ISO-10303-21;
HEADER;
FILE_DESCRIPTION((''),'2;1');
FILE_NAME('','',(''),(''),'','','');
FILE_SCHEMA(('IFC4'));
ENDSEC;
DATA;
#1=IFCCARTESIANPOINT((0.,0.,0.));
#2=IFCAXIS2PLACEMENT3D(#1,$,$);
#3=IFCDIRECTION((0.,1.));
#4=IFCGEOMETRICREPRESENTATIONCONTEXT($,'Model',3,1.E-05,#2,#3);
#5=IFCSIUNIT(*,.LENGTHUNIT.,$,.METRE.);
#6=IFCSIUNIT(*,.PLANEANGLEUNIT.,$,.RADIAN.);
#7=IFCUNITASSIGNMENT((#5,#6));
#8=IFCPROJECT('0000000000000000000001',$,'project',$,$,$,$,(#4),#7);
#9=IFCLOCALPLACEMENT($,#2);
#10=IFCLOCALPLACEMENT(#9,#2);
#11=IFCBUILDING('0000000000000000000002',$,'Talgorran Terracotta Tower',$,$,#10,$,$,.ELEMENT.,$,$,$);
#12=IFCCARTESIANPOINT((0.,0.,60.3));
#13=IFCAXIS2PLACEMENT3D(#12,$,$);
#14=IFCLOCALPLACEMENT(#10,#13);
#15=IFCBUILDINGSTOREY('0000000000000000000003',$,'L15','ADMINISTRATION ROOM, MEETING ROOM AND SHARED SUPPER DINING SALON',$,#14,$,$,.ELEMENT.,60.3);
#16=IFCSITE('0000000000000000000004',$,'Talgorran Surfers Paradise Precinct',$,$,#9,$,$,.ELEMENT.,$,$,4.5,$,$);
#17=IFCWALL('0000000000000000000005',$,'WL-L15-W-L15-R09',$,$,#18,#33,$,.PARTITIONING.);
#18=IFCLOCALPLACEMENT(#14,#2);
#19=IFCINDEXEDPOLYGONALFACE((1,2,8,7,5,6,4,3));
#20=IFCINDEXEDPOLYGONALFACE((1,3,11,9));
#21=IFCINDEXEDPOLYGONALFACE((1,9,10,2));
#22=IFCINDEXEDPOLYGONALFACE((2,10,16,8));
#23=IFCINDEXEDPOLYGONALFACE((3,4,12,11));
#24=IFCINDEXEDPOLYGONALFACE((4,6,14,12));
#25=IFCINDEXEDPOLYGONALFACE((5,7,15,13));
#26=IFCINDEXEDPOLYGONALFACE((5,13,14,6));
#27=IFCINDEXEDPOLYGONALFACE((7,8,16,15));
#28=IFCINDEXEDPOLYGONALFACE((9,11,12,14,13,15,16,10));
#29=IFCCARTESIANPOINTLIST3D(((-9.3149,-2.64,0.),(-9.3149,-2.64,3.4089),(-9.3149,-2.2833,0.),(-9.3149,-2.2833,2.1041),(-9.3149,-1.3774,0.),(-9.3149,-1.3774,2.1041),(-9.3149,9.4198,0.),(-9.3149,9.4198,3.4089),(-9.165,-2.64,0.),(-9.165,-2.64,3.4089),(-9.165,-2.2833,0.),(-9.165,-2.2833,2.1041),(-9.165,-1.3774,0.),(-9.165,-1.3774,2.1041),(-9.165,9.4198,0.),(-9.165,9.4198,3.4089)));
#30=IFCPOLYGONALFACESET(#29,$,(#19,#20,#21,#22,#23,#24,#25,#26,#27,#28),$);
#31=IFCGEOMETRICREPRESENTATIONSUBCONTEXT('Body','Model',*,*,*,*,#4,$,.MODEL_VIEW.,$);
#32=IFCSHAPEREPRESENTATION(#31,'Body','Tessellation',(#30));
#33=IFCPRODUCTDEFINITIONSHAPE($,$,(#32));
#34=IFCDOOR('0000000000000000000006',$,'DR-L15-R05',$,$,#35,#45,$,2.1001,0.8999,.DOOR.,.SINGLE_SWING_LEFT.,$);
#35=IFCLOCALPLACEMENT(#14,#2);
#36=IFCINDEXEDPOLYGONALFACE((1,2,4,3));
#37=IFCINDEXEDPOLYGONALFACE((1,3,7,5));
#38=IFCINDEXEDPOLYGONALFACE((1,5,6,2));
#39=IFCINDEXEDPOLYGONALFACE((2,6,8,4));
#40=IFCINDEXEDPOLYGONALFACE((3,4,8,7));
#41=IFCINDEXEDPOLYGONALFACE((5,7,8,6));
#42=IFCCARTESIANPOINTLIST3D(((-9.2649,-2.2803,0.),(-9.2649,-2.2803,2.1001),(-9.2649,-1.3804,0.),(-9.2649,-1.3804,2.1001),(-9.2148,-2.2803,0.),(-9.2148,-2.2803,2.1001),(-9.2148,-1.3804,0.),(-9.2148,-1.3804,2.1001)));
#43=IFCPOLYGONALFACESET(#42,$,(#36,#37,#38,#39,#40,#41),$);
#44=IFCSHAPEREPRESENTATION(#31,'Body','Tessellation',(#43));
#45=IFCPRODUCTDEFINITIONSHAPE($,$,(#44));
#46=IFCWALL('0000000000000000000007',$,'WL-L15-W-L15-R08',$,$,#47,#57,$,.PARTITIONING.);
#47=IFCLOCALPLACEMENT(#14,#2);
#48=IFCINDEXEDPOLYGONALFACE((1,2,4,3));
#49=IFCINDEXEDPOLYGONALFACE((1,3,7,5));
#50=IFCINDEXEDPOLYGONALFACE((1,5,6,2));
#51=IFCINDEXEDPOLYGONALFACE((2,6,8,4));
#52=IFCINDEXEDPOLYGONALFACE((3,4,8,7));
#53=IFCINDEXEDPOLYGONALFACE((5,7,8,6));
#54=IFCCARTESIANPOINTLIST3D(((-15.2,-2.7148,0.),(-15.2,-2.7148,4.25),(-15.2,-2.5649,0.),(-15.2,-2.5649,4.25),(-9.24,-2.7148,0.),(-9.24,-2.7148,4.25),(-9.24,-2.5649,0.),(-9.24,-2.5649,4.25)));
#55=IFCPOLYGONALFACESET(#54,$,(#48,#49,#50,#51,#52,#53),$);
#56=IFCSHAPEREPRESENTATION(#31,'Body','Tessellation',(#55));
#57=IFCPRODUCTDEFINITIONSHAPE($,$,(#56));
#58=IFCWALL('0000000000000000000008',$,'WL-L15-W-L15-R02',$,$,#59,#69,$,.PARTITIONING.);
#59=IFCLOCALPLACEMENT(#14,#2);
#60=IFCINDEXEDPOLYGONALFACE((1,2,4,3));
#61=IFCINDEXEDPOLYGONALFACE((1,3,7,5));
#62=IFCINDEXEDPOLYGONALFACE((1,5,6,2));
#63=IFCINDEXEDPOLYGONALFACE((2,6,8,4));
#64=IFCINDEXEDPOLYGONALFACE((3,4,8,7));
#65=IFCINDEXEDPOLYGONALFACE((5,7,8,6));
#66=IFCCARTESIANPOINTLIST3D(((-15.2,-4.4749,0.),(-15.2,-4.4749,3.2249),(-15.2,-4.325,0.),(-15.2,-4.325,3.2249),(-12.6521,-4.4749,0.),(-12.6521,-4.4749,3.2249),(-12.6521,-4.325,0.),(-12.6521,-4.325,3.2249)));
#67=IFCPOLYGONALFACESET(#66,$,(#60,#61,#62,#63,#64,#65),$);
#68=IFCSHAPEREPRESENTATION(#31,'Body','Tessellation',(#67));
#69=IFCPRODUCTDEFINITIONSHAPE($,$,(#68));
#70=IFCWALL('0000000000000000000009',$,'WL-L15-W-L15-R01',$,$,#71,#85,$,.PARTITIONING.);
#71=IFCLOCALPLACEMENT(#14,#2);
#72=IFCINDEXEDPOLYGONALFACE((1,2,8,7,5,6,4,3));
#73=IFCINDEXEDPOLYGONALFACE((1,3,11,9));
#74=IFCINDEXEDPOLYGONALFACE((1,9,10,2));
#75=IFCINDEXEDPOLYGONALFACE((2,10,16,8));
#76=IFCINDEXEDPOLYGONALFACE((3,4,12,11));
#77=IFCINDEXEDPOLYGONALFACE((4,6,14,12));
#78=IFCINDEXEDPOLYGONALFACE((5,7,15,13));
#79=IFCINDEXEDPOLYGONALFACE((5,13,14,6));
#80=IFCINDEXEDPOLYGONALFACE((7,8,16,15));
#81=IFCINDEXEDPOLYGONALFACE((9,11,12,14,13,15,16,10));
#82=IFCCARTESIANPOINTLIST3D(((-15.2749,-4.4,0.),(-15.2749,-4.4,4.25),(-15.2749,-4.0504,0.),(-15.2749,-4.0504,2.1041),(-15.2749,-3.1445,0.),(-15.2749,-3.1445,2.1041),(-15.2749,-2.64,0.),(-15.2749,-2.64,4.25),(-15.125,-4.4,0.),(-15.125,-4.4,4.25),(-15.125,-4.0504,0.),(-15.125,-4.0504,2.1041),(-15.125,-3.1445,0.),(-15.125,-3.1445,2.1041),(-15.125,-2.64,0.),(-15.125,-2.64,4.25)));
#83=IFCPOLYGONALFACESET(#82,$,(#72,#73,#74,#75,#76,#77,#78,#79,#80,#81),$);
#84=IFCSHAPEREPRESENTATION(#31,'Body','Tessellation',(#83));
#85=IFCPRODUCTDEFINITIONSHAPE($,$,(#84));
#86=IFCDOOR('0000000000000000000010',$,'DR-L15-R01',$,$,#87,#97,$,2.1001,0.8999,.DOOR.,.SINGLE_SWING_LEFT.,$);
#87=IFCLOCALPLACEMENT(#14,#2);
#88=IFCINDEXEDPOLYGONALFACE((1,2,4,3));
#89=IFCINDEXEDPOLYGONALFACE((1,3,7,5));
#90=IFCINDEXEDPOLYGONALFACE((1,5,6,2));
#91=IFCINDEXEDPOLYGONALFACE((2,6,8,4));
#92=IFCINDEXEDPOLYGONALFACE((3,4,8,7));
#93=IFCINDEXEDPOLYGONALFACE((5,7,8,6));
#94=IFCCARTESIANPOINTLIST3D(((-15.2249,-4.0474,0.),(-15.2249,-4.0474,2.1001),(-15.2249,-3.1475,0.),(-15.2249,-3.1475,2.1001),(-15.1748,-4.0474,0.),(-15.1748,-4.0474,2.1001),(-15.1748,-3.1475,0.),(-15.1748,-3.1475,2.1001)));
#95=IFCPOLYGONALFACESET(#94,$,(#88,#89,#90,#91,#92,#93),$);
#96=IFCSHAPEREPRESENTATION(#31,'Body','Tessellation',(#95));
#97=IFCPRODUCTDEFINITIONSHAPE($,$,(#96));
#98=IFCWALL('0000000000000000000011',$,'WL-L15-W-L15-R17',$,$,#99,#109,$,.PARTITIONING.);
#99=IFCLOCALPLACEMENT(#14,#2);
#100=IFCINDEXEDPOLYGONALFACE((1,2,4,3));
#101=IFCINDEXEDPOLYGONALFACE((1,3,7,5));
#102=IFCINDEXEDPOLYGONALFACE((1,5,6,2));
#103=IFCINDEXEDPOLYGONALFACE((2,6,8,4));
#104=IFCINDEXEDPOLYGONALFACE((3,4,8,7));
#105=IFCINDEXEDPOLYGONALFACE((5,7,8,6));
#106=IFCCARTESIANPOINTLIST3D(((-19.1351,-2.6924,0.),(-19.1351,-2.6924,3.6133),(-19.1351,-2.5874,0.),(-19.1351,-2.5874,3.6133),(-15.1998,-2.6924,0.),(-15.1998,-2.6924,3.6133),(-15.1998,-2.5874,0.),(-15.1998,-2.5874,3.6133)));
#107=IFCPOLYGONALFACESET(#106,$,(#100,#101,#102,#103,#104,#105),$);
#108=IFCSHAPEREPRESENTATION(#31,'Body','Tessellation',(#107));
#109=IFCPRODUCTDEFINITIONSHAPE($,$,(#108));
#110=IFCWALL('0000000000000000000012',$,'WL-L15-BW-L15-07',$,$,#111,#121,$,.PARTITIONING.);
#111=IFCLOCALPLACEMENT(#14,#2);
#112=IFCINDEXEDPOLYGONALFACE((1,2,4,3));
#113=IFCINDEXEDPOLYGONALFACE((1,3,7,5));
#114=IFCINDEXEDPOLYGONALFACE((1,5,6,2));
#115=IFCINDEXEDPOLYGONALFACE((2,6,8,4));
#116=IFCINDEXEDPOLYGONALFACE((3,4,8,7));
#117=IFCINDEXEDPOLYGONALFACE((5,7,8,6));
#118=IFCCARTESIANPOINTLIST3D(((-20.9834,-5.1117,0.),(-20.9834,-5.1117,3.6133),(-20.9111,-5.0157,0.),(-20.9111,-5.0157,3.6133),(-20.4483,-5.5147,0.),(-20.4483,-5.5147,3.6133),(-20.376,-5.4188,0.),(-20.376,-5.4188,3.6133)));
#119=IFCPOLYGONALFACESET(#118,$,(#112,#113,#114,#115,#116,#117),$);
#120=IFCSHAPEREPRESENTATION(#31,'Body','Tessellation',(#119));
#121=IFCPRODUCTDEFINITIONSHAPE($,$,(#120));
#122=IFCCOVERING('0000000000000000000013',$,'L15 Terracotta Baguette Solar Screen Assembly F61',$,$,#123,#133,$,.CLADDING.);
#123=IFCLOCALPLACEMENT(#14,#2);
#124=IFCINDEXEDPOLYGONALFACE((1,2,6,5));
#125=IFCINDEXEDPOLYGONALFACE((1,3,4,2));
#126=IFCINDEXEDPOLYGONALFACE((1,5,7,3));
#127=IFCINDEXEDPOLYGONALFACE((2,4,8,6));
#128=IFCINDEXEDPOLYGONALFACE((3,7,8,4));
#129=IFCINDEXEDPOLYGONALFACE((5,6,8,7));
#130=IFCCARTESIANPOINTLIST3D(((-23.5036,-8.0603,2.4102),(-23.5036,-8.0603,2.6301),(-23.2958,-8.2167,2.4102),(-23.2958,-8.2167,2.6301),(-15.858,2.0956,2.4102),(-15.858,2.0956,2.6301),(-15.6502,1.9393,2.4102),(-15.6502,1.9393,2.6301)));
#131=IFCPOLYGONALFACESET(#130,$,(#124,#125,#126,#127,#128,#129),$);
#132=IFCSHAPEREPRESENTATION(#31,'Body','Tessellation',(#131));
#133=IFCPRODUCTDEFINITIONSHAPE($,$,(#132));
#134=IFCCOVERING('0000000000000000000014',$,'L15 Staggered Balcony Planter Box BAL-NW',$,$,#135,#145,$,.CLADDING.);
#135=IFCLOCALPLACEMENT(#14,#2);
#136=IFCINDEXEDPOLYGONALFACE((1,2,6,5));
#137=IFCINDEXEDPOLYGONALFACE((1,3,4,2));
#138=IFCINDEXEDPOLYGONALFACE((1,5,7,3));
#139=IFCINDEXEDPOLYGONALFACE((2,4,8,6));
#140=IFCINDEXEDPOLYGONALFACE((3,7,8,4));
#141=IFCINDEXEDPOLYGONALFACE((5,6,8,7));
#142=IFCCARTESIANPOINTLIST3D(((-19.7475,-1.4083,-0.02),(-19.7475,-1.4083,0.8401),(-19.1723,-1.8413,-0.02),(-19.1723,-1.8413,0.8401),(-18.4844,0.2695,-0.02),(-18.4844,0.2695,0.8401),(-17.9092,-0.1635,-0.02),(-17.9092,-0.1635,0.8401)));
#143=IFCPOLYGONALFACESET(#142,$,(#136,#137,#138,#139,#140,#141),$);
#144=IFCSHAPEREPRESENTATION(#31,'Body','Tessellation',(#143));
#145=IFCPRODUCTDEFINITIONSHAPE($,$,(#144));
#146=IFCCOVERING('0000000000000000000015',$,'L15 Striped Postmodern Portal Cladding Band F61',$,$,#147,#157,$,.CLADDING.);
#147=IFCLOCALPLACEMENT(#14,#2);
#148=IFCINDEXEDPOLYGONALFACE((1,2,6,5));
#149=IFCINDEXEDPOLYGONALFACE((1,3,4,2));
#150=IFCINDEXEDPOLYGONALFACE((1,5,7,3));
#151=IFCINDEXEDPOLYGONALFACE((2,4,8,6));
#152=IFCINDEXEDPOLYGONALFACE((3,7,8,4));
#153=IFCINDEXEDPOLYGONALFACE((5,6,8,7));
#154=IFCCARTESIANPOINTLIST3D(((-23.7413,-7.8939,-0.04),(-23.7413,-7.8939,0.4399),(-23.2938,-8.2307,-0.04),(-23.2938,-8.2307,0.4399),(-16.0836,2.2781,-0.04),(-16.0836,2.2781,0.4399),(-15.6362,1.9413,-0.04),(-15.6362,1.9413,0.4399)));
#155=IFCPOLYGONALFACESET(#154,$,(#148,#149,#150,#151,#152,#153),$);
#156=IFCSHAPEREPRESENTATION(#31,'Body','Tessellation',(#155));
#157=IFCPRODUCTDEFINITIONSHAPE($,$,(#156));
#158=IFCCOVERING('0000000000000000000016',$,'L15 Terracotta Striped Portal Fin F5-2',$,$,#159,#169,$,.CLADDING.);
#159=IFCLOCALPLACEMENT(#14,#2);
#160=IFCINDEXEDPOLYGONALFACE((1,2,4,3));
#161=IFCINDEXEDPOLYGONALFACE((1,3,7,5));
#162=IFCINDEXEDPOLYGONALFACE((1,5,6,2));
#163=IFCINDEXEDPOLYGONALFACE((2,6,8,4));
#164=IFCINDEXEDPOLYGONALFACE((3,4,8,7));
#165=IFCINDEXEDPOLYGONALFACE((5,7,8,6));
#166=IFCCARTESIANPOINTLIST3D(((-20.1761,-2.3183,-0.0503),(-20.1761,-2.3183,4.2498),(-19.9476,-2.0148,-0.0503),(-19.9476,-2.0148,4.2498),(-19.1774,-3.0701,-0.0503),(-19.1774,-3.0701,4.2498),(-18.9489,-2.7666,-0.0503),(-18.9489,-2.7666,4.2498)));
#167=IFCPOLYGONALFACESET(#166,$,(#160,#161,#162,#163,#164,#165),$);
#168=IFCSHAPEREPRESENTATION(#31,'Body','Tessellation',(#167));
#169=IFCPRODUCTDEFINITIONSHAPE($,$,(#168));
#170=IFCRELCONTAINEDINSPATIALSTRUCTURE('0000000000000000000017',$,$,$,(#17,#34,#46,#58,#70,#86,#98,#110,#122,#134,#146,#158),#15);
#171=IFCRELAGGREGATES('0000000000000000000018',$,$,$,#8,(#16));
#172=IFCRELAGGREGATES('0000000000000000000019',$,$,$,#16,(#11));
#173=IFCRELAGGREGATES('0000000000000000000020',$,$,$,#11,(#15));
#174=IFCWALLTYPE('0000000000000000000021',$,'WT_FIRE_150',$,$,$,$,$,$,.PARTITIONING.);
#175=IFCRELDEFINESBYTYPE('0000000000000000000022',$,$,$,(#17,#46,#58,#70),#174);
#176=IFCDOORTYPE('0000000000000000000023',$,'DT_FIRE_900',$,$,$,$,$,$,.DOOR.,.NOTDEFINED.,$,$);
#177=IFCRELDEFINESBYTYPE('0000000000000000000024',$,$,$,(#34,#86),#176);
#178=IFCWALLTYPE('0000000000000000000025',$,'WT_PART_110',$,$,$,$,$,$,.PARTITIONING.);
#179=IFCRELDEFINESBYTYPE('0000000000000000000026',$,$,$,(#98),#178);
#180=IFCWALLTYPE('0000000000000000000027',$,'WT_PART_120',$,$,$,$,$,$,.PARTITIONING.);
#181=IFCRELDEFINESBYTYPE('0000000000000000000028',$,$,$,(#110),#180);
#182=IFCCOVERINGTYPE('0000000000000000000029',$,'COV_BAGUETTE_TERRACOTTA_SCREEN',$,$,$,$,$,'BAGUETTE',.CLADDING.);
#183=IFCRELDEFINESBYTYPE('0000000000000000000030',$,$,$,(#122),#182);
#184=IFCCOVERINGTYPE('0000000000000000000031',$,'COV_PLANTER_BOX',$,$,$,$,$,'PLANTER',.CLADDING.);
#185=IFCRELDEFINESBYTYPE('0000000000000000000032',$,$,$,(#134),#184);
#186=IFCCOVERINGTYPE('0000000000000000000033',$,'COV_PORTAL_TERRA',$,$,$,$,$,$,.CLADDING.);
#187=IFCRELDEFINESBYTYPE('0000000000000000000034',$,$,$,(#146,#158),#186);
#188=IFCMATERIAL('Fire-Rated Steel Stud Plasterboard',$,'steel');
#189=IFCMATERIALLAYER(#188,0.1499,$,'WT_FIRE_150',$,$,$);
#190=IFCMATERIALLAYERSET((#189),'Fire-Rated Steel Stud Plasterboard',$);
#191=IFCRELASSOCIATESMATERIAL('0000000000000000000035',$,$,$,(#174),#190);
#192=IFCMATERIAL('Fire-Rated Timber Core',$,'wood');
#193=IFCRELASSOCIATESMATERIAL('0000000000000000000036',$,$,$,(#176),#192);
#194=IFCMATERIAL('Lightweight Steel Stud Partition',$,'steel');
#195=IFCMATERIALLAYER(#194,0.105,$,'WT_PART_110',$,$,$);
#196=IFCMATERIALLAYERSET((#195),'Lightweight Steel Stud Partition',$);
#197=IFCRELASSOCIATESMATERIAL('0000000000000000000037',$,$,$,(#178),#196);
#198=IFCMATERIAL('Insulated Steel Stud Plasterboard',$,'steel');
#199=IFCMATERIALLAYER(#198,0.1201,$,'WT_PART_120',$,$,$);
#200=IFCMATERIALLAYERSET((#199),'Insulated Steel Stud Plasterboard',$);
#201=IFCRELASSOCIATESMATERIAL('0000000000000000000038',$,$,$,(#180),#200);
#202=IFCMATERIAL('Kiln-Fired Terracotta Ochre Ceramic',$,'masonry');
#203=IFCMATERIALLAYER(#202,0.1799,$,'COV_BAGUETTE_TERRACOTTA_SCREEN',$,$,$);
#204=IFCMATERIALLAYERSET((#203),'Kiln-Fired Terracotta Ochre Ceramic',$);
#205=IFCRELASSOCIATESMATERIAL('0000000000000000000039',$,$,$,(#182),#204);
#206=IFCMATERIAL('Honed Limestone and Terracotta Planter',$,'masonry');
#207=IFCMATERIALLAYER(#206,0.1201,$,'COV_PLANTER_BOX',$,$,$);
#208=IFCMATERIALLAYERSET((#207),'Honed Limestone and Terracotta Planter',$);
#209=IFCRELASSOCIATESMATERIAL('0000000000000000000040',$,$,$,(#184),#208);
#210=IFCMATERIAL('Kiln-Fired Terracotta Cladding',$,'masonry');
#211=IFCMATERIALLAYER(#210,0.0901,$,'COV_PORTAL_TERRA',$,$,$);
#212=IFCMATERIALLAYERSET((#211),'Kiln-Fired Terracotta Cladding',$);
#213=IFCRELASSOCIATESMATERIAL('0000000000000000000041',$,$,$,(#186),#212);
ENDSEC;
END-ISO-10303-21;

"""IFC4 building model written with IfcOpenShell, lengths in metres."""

from ifc_helpers import new_model, si_unit, direction, frame, frame_2d, origin, origin_2d, place, context, subcontext, project, spatial, rectangle, extrude, material, layer, layer_set, type_object, element, fill, save


model = new_model("IFC4")

# Units and contexts
model_context = context("Model", 3, precision=1e-05, world=origin(), true_north=direction((0.0, 1.0)))
body_context = subcontext(model_context, "Body", "Model", "MODEL_VIEW")
ifc_project = project(units=[si_unit("LENGTHUNIT", "METRE"), si_unit("PLANEANGLEUNIT", "RADIAN")], contexts=[model_context])

# Site, building, storey
site_placement = place(None, origin())
site = spatial("IfcSite", under=ifc_project, at=site_placement, Name="Talgorran Surfers Paradise Precinct", CompositionType="ELEMENT", RefElevation=4.5)
building_placement = place(site_placement, origin())
building = spatial("IfcBuilding", under=site, at=building_placement, Name="Talgorran Terracotta Tower", CompositionType="ELEMENT")
storey_placement = place(building_placement, frame((0.0, 0.0, 60.3)))
storey = spatial("IfcBuildingStorey", under=building, at=storey_placement, Name="L15", Description="ADMINISTRATION ROOM, MEETING ROOM AND SHARED SUPPER DINING SALON", CompositionType="ELEMENT", Elevation=60.3)

# Wall, opening, door
ifc_material_1 = material(Name="Fire-Rated Steel Stud Plasterboard", Category="steel")
ifc_layer_1 = layer(ifc_material_1, 0.1499, Name="WT_FIRE_150")
ifc_layer_set_1 = layer_set([ifc_layer_1], Name="Fire-Rated Steel Stud Plasterboard")
wall_type_1 = type_object("IfcWallType", Name="WT_FIRE_150", PredefinedType="PARTITIONING", material=ifc_layer_set_1)
wall_1_placement = place(storey_placement, frame((-9.24, -2.6399, 0.0), z_axis=(0.0, 0.0, 1.0), x_axis=(0.0, 1.0, 0.0)))
wall_1 = element("IfcWall", 1, at=wall_1_placement, inside=storey, type_object=wall_type_1, Name="WL-L15-W-L15-R09", PredefinedType="PARTITIONING", context=body_context, shape_type="SweptSolid", body=[
    extrude(rectangle(XDim=12.0598, YDim=0.1499, at=frame_2d((6.0298, 0.0))), origin(), (0.0, 0.0, 1.0), 3.4089),
])
opening_1_placement = place(wall_1_placement, frame((0.3596, 0.0, 0.0)))
opening_1 = element("IfcOpeningElement", 2, at=opening_1_placement, cuts=wall_1, PredefinedType="OPENING", context=body_context, shape_type="SweptSolid", body=[
    extrude(rectangle(XDim=0.9059, YDim=2.1041, at=frame_2d((0.45, 1.052))), frame((0.0, 0.085, 0.0), z_axis=(0.0, -1.0, 0.0), x_axis=(1.0, 0.0, 0.0)), (0.0, 0.0, 1.0), 0.1699),
])
ifc_material_2 = material(Name="Fire-Rated Timber Core", Category="wood")
door_type_1 = type_object("IfcDoorType", Name="DT_FIRE_900", OperationType="NOTDEFINED", PredefinedType="DOOR", material=ifc_material_2)
door_1_placement = place(opening_1_placement, origin())
door_1 = element("IfcDoor", 3, at=door_1_placement, inside=storey, type_object=door_type_1, Name="DR-L15-R05", OperationType="SINGLE_SWING_LEFT", OverallHeight=2.1001, OverallWidth=0.8999, PredefinedType="DOOR", context=body_context, shape_type="SweptSolid", body=[
    extrude(rectangle(XDim=0.8999, YDim=2.1001, at=frame_2d((0.45, 1.05))), frame((0.0, 0.0249, 0.0), z_axis=(0.0, -1.0, 0.0), x_axis=(1.0, 0.0, 0.0)), (0.0, 0.0, 1.0), 0.05),
])
fill(opening_1, door_1)

# Walls
wall_2_placement = place(storey_placement, frame((-15.2, -2.6399, 0.0), z_axis=(0.0, 0.0, 1.0), x_axis=(1.0, 0.0, 0.0)))
element("IfcWall", 4, at=wall_2_placement, inside=storey, type_object=wall_type_1, Name="WL-L15-W-L15-R08", PredefinedType="PARTITIONING", context=body_context, shape_type="SweptSolid", body=[
    extrude(rectangle(XDim=5.96, YDim=0.1499, at=frame_2d((2.98, 0.0))), origin(), (0.0, 0.0, 1.0), 4.25),
])
wall_3_placement = place(storey_placement, frame((-15.2, -4.3999, 0.0), z_axis=(0.0, 0.0, 1.0), x_axis=(1.0, 0.0, 0.0)))
element("IfcWall", 5, at=wall_3_placement, inside=storey, type_object=wall_type_1, Name="WL-L15-W-L15-R02", PredefinedType="PARTITIONING", context=body_context, shape_type="SweptSolid", body=[
    extrude(rectangle(XDim=2.5479, YDim=0.1499, at=frame_2d((1.2739, 0.0))), origin(), (0.0, 0.0, 1.0), 3.2249),
])

# Wall, opening, door
wall_4_placement = place(storey_placement, frame((-15.2, -4.3999, 0.0), z_axis=(0.0, 0.0, 1.0), x_axis=(0.0, 1.0, 0.0)))
wall_4 = element("IfcWall", 6, at=wall_4_placement, inside=storey, type_object=wall_type_1, Name="WL-L15-W-L15-R01", PredefinedType="PARTITIONING", context=body_context, shape_type="SweptSolid", body=[
    extrude(rectangle(XDim=1.76, YDim=0.1499, at=frame_2d((0.8799, 0.0))), origin(), (0.0, 0.0, 1.0), 4.25),
])
opening_2_placement = place(wall_4_placement, frame((0.3525, 0.0, 0.0)))
opening_2 = element("IfcOpeningElement", 7, at=opening_2_placement, cuts=wall_4, PredefinedType="OPENING", context=body_context, shape_type="SweptSolid", body=[
    extrude(rectangle(XDim=0.9059, YDim=2.1041, at=frame_2d((0.45, 1.052))), frame((0.0, 0.085, 0.0), z_axis=(0.0, -1.0, 0.0), x_axis=(1.0, 0.0, 0.0)), (0.0, 0.0, 1.0), 0.1699),
])
door_2_placement = place(opening_2_placement, origin())
door_2 = element("IfcDoor", 8, at=door_2_placement, inside=storey, type_object=door_type_1, Name="DR-L15-R01", OperationType="SINGLE_SWING_LEFT", OverallHeight=2.1001, OverallWidth=0.8999, PredefinedType="DOOR", context=body_context, shape_type="SweptSolid", body=[
    extrude(rectangle(XDim=0.8999, YDim=2.1001, at=frame_2d((0.45, 1.05))), frame((0.0, 0.0249, 0.0), z_axis=(0.0, -1.0, 0.0), x_axis=(1.0, 0.0, 0.0)), (0.0, 0.0, 1.0), 0.05),
])
fill(opening_2, door_2)

# Walls
ifc_material_3 = material(Name="Lightweight Steel Stud Partition", Category="steel")
ifc_layer_2 = layer(ifc_material_3, 0.105, Name="WT_PART_110")
ifc_layer_set_2 = layer_set([ifc_layer_2], Name="Lightweight Steel Stud Partition")
wall_type_2 = type_object("IfcWallType", Name="WT_PART_110", PredefinedType="PARTITIONING", material=ifc_layer_set_2)
wall_5_placement = place(storey_placement, frame((-19.1353, -2.6399, 0.0), z_axis=(0.0, 0.0, 1.0), x_axis=(1.0, 0.0, 0.0)))
element("IfcWall", 9, at=wall_5_placement, inside=storey, type_object=wall_type_2, Name="WL-L15-W-L15-R17", PredefinedType="PARTITIONING", context=body_context, shape_type="SweptSolid", body=[
    extrude(rectangle(XDim=3.9353, YDim=0.105, at=frame_2d((1.9678, 0.0))), origin(), (0.0, 0.0, 1.0), 3.6133),
])
ifc_material_4 = material(Name="Insulated Steel Stud Plasterboard", Category="steel")
ifc_layer_3 = layer(ifc_material_4, 0.1201, Name="WT_PART_120")
ifc_layer_set_3 = layer_set([ifc_layer_3], Name="Insulated Steel Stud Plasterboard")
wall_type_3 = type_object("IfcWallType", Name="WT_PART_120", PredefinedType="PARTITIONING", material=ifc_layer_set_3)
wall_6_placement = place(storey_placement, frame((-20.9473, -5.0637, 0.0), z_axis=(0.0, 0.0, 1.0), x_axis=(0.798774, -0.601631, 0.0)))
element("IfcWall", 10, at=wall_6_placement, inside=storey, type_object=wall_type_3, Name="WL-L15-BW-L15-07", PredefinedType="PARTITIONING", context=body_context, shape_type="SweptSolid", body=[
    extrude(rectangle(XDim=0.6699, YDim=0.1201, at=frame_2d((0.335, 0.0))), origin(), (0.0, 0.0, 1.0), 3.6133),
])

# Coverings
ifc_material_5 = material(Name="Kiln-Fired Terracotta Ochre Ceramic", Category="masonry")
ifc_layer_4 = layer(ifc_material_5, 0.1799, Name="COV_BAGUETTE_TERRACOTTA_SCREEN")
ifc_layer_set_4 = layer_set([ifc_layer_4], Name="Kiln-Fired Terracotta Ochre Ceramic")
covering_type_1 = type_object("IfcCoveringType", Name="COV_BAGUETTE_TERRACOTTA_SCREEN", ElementType="BAGUETTE", PredefinedType="CLADDING", material=ifc_layer_set_4)
covering_1_placement = place(storey_placement, frame((-19.5769, -3.0605, 2.4102), z_axis=(0.0, 0.0, 1.0), x_axis=(-0.601439, -0.798919, 0.0)))
element("IfcCovering", 11, at=covering_1_placement, inside=storey, type_object=covering_type_1, Name="L15 Terracotta Baguette Solar Screen Assembly F61", PredefinedType="CLADDING", context=body_context, shape_type="SweptSolid", body=[
    extrude(rectangle(XDim=12.7122, YDim=0.26, at=origin_2d()), origin(), (0.0, 0.0, 1.0), 0.22),
])
ifc_material_6 = material(Name="Honed Limestone and Terracotta Planter", Category="masonry")
ifc_layer_5 = layer(ifc_material_6, 0.1201, Name="COV_PLANTER_BOX")
ifc_layer_set_5 = layer_set([ifc_layer_5], Name="Honed Limestone and Terracotta Planter")
covering_type_2 = type_object("IfcCoveringType", Name="COV_PLANTER_BOX", ElementType="PLANTER", PredefinedType="CLADDING", material=ifc_layer_set_5)
covering_2_placement = place(storey_placement, frame((-18.8284, -0.7859, -0.02), z_axis=(0.0, 0.0, 1.0), x_axis=(-0.601439, -0.798919, 0.0)))
element("IfcCovering", 12, at=covering_2_placement, inside=storey, type_object=covering_type_2, Name="L15 Staggered Balcony Planter Box BAL-NW", PredefinedType="CLADDING", context=body_context, shape_type="SweptSolid", body=[
    extrude(rectangle(XDim=2.1001, YDim=0.72, at=origin_2d()), origin(), (0.0, 0.0, 1.0), 0.8601),
])
ifc_material_7 = material(Name="Kiln-Fired Terracotta Cladding", Category="masonry")
ifc_layer_6 = layer(ifc_material_7, 0.0901, Name="COV_PORTAL_TERRA")
ifc_layer_set_6 = layer_set([ifc_layer_6], Name="Kiln-Fired Terracotta Cladding")
covering_type_3 = type_object("IfcCoveringType", Name="COV_PORTAL_TERRA", PredefinedType="CLADDING", material=ifc_layer_set_6)
covering_3_placement = place(storey_placement, frame((-19.6887, -2.9763, -0.04), z_axis=(0.0, 0.0, 1.0), x_axis=(-0.601439, -0.798919, 0.0)))
element("IfcCovering", 13, at=covering_3_placement, inside=storey, type_object=covering_type_3, Name="L15 Striped Postmodern Portal Cladding Band F61", PredefinedType="CLADDING", context=body_context, shape_type="SweptSolid", body=[
    extrude(rectangle(XDim=12.7322, YDim=0.5601, at=origin_2d()), origin(), (0.0, 0.0, 1.0), 0.48),
])
covering_4_placement = place(storey_placement, frame((-19.5625, -2.5425, -0.0503), z_axis=(0.0, 0.0, 1.0), x_axis=(-0.601439, -0.798919, 0.0)))
element("IfcCovering", 14, at=covering_4_placement, inside=storey, type_object=covering_type_3, Name="L15 Terracotta Striped Portal Fin F5-2", PredefinedType="CLADDING", context=body_context, shape_type="SweptSolid", body=[
    extrude(rectangle(XDim=0.3799, YDim=1.25, at=origin_2d()), origin(), (0.0, 0.0, 1.0), 4.3),
])

save(model, "model.ifc")
